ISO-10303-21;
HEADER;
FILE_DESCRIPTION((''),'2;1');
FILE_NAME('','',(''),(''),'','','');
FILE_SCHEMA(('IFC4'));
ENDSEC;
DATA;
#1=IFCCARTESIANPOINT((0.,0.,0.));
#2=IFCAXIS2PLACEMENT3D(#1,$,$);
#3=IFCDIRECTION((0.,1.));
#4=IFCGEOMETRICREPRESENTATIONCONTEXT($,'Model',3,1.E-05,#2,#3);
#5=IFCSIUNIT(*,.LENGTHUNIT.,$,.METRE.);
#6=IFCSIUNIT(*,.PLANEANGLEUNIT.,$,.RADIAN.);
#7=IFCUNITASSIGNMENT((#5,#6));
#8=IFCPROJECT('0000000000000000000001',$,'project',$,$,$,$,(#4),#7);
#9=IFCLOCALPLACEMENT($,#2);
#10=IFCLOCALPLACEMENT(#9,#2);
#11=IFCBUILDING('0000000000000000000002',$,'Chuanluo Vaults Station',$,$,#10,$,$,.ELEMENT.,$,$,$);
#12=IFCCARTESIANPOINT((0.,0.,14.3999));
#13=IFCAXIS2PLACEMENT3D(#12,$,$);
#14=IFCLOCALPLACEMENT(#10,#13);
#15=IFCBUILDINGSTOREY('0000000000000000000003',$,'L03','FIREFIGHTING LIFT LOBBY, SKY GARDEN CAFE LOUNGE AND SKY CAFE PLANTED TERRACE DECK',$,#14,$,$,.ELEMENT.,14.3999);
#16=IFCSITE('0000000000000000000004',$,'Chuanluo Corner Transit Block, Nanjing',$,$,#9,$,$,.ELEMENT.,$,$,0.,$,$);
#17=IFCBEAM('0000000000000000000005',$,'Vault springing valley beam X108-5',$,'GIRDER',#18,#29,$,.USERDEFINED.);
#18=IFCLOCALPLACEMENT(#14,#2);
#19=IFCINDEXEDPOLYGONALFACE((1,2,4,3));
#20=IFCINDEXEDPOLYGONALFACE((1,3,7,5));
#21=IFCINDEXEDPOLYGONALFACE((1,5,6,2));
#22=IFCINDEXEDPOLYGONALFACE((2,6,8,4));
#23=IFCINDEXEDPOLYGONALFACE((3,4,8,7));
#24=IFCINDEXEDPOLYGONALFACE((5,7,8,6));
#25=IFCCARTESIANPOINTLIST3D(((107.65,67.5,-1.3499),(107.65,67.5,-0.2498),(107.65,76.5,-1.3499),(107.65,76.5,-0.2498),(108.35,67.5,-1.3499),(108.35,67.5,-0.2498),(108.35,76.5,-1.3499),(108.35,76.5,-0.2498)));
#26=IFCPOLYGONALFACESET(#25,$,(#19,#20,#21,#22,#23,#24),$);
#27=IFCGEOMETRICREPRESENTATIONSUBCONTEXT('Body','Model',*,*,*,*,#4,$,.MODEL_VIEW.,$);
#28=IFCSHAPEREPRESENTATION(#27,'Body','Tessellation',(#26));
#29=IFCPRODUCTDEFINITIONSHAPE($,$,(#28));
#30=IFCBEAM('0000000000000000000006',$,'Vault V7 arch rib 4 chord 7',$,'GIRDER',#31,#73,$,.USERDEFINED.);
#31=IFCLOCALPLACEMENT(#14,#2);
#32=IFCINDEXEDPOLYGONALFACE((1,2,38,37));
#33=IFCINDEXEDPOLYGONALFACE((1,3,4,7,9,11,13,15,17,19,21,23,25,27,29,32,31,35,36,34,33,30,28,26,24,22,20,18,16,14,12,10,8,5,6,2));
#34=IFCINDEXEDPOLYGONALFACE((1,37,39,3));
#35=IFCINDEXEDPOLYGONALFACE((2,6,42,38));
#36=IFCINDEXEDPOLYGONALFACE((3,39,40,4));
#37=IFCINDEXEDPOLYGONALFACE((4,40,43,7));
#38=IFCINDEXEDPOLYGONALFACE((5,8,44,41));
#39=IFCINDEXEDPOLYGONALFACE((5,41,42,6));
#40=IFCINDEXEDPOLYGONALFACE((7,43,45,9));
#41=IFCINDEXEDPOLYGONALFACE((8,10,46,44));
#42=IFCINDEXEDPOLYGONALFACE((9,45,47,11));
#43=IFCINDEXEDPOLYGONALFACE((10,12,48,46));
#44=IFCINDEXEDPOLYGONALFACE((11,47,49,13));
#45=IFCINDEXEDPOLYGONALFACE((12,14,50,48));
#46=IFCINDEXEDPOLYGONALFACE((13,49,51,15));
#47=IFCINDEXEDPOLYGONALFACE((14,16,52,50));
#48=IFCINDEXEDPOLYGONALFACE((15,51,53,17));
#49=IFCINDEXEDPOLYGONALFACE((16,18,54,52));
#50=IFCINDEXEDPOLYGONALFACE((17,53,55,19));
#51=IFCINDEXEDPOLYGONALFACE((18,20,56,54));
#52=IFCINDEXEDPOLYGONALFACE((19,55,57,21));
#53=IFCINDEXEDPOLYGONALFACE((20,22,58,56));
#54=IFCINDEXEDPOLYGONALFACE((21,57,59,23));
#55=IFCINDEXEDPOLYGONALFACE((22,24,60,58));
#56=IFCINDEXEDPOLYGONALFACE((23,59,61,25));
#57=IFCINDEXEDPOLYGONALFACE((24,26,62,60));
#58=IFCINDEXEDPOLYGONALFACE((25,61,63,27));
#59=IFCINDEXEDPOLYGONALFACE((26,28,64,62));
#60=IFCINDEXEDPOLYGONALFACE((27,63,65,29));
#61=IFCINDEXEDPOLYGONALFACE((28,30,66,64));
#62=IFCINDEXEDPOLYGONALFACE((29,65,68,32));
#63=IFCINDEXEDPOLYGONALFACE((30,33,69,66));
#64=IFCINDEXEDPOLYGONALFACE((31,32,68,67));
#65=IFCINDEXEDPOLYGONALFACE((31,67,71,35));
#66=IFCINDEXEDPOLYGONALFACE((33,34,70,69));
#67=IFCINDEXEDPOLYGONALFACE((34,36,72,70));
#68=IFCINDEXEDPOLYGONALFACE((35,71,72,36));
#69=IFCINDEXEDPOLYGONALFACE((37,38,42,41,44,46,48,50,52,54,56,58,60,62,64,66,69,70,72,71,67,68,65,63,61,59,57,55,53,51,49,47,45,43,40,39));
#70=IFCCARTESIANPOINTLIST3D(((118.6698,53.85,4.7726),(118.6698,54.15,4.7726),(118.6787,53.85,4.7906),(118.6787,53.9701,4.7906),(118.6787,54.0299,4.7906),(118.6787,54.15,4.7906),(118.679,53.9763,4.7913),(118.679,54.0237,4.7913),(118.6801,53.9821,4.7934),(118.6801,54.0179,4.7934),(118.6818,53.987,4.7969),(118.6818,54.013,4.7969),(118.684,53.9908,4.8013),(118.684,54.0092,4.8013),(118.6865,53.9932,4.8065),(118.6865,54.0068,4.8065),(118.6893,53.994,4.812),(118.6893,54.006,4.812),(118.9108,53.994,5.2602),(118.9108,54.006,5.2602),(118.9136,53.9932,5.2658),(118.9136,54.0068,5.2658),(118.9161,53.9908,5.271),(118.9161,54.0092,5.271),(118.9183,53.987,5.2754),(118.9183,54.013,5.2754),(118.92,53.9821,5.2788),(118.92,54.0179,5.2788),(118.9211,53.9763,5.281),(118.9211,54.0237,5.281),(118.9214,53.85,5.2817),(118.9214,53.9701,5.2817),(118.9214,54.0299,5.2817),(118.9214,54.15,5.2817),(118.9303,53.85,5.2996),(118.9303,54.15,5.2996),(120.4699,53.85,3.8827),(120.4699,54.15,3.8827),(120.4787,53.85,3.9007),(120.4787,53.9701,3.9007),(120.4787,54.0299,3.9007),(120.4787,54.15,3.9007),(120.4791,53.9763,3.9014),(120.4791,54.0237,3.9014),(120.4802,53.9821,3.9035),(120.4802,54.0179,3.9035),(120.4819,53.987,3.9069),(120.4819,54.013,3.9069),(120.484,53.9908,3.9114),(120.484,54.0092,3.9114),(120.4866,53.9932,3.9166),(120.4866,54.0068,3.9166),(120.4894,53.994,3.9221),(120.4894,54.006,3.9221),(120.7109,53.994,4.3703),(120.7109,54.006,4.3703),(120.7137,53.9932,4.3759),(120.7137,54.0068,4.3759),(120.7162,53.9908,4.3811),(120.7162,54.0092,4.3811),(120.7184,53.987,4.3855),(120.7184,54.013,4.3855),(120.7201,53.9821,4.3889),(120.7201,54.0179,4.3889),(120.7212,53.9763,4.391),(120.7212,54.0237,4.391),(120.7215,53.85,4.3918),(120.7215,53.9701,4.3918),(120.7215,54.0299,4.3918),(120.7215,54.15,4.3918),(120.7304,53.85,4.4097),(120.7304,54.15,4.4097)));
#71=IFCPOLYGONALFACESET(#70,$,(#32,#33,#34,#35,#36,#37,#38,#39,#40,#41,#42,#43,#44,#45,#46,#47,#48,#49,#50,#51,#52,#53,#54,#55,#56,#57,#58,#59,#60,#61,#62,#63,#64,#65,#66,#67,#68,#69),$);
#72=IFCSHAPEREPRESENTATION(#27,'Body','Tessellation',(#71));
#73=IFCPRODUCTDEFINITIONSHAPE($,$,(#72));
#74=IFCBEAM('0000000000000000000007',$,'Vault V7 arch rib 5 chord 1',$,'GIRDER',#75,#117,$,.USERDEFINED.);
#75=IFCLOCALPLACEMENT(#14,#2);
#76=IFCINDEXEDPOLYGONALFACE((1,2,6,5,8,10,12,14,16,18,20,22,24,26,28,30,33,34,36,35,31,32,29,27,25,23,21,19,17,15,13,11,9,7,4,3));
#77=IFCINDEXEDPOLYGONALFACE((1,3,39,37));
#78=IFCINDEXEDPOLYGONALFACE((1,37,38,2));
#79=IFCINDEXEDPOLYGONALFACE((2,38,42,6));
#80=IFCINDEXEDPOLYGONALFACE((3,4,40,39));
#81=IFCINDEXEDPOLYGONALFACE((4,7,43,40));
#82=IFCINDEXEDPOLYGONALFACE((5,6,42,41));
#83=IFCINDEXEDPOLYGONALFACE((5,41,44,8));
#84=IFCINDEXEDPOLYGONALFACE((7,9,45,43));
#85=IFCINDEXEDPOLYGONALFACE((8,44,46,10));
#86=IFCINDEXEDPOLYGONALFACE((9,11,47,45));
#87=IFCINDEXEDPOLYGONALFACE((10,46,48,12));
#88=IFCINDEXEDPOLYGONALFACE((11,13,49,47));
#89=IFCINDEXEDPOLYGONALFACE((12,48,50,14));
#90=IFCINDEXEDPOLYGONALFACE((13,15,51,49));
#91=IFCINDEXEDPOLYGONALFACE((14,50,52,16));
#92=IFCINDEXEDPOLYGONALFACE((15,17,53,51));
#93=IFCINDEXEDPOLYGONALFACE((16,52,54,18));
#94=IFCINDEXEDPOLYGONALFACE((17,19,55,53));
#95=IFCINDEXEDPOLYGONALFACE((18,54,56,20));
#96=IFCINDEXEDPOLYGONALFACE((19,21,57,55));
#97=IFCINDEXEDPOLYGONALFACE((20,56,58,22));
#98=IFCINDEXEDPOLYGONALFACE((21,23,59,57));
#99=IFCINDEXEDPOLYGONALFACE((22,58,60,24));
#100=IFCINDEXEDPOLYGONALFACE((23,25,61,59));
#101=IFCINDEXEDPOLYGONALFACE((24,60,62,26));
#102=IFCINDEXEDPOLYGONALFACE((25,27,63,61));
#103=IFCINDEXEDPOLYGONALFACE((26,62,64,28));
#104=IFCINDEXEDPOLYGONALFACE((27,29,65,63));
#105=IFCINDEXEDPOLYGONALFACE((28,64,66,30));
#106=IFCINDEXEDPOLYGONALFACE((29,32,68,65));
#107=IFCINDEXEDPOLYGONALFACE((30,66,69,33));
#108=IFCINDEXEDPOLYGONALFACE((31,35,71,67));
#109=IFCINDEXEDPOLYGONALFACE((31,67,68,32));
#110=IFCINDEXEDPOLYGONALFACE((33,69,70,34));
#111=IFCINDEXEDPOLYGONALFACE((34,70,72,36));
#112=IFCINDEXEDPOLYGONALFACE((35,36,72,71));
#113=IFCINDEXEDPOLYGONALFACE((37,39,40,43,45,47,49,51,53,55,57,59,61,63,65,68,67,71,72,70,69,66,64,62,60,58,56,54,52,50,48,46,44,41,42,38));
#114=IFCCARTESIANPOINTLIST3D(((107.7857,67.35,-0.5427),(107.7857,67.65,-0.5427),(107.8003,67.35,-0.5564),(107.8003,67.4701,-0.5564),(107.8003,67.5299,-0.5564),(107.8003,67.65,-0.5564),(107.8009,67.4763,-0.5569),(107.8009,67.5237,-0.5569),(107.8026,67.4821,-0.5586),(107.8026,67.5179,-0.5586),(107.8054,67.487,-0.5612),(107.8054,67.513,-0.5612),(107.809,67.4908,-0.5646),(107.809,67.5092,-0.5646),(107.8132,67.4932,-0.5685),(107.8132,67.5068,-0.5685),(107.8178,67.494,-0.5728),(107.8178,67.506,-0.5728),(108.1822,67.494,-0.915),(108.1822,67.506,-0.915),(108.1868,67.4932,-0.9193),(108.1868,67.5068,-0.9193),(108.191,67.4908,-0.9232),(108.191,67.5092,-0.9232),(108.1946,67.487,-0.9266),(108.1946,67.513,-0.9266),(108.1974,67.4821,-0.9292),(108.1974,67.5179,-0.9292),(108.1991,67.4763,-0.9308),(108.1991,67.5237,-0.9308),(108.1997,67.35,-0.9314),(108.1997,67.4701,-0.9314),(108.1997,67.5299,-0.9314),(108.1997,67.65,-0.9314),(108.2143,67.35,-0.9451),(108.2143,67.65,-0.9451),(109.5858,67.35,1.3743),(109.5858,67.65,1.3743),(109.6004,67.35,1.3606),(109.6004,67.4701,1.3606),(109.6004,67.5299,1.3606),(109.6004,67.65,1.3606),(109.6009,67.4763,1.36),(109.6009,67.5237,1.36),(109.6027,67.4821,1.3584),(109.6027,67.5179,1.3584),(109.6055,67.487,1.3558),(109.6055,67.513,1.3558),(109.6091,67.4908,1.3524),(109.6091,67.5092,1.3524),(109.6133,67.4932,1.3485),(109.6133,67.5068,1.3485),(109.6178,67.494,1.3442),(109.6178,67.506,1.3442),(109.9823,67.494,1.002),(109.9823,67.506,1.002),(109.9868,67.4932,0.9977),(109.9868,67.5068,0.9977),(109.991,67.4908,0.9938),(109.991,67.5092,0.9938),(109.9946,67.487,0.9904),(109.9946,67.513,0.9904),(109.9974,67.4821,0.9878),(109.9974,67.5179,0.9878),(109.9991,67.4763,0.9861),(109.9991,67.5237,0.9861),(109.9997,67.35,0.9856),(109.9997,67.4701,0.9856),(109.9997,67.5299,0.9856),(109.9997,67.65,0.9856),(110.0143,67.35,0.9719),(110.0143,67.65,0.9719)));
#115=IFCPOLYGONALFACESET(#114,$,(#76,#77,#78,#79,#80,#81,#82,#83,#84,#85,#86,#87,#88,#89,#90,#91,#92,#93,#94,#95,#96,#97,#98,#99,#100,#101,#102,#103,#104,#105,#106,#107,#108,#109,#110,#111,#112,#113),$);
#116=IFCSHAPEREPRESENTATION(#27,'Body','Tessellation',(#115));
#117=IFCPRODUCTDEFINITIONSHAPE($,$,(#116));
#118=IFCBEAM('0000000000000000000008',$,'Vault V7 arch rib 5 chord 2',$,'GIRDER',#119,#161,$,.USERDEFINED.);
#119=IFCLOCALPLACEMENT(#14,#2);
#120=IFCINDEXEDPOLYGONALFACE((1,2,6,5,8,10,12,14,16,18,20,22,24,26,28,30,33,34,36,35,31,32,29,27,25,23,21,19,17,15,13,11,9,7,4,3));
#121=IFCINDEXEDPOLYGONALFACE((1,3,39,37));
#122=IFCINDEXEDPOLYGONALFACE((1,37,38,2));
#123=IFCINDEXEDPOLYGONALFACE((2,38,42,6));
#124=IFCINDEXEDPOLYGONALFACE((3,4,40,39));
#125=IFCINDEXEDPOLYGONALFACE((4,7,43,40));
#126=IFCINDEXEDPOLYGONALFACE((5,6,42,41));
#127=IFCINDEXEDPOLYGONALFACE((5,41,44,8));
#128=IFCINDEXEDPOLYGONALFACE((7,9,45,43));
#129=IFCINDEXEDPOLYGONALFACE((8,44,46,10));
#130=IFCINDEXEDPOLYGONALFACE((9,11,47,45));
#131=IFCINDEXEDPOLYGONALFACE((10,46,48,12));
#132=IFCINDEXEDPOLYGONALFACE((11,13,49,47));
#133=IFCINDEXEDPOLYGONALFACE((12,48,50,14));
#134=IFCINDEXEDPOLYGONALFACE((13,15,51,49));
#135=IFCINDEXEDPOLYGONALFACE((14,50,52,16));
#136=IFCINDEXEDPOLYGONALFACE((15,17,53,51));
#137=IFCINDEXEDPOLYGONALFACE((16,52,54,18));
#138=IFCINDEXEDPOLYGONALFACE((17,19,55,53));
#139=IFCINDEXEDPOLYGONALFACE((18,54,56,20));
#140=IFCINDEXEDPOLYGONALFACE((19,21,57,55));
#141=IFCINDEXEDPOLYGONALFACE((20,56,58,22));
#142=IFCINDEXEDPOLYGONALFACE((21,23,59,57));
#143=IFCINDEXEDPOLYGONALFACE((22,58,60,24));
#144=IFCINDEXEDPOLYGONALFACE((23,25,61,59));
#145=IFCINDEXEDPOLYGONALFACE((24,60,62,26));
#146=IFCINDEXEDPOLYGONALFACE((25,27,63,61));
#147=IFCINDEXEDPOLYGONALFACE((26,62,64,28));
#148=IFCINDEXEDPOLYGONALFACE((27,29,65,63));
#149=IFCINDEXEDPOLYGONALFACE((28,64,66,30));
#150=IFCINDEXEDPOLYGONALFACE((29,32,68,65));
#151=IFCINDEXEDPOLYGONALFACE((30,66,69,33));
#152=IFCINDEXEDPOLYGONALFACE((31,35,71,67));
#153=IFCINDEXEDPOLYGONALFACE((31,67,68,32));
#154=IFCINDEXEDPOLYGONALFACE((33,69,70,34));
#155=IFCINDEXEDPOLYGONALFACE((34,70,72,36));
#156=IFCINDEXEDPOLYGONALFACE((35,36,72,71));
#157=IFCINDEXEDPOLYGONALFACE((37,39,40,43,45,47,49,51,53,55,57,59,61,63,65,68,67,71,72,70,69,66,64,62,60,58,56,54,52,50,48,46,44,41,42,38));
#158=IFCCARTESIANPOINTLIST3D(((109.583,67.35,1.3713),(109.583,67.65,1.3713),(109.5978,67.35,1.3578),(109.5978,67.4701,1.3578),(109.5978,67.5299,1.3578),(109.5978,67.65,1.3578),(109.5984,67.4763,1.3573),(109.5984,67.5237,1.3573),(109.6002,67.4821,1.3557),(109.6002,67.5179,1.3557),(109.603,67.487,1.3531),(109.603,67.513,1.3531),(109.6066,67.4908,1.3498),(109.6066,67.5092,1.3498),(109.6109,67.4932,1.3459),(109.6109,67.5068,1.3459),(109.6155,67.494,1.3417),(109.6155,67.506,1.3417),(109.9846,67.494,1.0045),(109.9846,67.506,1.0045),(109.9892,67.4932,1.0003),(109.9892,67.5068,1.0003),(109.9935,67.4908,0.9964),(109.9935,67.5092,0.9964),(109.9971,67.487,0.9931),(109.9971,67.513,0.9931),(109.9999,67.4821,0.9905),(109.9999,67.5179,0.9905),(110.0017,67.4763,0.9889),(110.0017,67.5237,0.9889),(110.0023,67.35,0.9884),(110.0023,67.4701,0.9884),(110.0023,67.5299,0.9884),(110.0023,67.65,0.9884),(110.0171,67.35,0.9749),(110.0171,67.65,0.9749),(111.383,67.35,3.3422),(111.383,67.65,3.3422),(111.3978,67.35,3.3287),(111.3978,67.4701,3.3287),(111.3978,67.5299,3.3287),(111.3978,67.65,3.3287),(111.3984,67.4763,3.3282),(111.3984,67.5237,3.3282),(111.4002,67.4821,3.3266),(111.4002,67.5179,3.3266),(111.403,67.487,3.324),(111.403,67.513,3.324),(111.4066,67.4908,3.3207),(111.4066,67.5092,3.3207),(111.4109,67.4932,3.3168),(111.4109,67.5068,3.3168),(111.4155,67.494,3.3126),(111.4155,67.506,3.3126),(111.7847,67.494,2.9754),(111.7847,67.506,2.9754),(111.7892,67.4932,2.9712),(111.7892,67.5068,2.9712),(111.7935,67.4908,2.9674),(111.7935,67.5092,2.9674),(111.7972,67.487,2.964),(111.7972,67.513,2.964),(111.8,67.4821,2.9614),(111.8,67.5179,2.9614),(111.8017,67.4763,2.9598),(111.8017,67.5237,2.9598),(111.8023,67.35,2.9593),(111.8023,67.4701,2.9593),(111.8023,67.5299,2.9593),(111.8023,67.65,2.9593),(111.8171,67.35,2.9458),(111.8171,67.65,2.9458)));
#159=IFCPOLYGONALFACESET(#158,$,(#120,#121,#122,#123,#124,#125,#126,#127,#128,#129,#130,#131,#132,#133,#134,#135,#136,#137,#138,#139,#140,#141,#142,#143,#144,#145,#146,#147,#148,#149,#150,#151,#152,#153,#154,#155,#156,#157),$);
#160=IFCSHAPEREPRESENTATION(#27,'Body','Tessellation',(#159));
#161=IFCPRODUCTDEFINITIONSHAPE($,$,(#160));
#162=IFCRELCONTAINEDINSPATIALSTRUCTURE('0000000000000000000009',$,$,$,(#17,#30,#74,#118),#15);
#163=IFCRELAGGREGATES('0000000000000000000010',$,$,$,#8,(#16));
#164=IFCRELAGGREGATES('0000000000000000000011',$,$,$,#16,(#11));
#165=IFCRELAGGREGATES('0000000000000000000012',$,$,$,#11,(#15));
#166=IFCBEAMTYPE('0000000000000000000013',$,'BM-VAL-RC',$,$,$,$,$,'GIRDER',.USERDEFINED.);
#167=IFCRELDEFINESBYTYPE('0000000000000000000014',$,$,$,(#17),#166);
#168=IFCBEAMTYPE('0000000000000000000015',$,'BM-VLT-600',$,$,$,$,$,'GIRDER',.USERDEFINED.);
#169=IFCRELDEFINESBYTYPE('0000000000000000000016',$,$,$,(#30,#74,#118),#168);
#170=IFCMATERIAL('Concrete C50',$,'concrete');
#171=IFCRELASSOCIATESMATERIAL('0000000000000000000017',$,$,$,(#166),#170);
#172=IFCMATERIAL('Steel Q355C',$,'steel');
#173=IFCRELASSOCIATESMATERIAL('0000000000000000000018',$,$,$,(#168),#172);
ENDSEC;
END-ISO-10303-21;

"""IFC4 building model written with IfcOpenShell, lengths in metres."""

from ifc_helpers import new_model, si_unit, direction, frame, origin, origin_2d, place, context, subcontext, project, spatial, rectangle, i_section, extrude, material, material_profile, profile_set, type_object, element, save


model = new_model("IFC4")

# Units and contexts
model_context = context("Model", 3, precision=1e-05, world=origin(), true_north=direction((0.0, 1.0)))
body_context = subcontext(model_context, "Body", "Model", "MODEL_VIEW")
ifc_project = project(units=[si_unit("LENGTHUNIT", "METRE"), si_unit("PLANEANGLEUNIT", "RADIAN")], contexts=[model_context])

# Site, building, storey
site_placement = place(None, origin())
site = spatial("IfcSite", under=ifc_project, at=site_placement, Name="Chuanluo Corner Transit Block, Nanjing", CompositionType="ELEMENT", RefElevation=0.0)
building_placement = place(site_placement, origin())
building = spatial("IfcBuilding", under=site, at=building_placement, Name="Chuanluo Vaults Station", CompositionType="ELEMENT")
storey_placement = place(building_placement, frame((0.0, 0.0, 14.3999)))
storey = spatial("IfcBuildingStorey", under=building, at=storey_placement, Name="L03", Description="FIREFIGHTING LIFT LOBBY, SKY GARDEN CAFE LOUNGE AND SKY CAFE PLANTED TERRACE DECK", CompositionType="ELEMENT", Elevation=14.3999)

# Beams
ifc_material_1 = material(Name="Concrete C50", Category="concrete")
ifc_material_profile_1 = material_profile(ifc_material_1, rectangle(XDim=0.7, YDim=1.1001, at=origin_2d()))
ifc_profile_set_1 = profile_set([ifc_material_profile_1], Name="Concrete C50")
beam_type_1 = type_object("IfcBeamType", Name="BM-VAL-RC", ElementType="GIRDER", PredefinedType="USERDEFINED", material=ifc_profile_set_1)
beam_1_placement = place(storey_placement, frame((108.0, 67.5, -0.7998), z_axis=(0.0, 1.0, 0.0), x_axis=(-1.0, 0.0, 0.0)))
element("IfcBeam", 1, at=beam_1_placement, inside=storey, type_object=beam_type_1, Name="Vault springing valley beam X108-5", ObjectType="GIRDER", PredefinedType="USERDEFINED", context=body_context, shape_type="SweptSolid", body=[
    extrude(rectangle(XDim=0.7, YDim=1.1001, at=origin_2d()), origin(), (0.0, 0.0, 1.0), 9.0),
])
ifc_material_2 = material(Name="Steel Q355C", Category="steel")
ifc_material_profile_2 = material_profile(ifc_material_2, i_section(OverallWidth=0.3, OverallDepth=0.5879, WebThickness=0.012, FlangeThickness=0.02, FilletRadius=0.0239, at=origin_2d()))
ifc_profile_set_2 = profile_set([ifc_material_profile_2], Name="Steel Q355C")
beam_type_2 = type_object("IfcBeamType", Name="BM-VLT-600", ElementType="GIRDER", PredefinedType="USERDEFINED", material=ifc_profile_set_2)
beam_2_placement = place(storey_placement, frame((118.8, 54.0, 5.0361), z_axis=(0.896436, 0.0, -0.443172), x_axis=(0.0, 1.0, 0.0)))
element("IfcBeam", 2, at=beam_2_placement, inside=storey, type_object=beam_type_2, Name="Vault V7 arch rib 4 chord 7", ObjectType="GIRDER", PredefinedType="USERDEFINED", context=body_context, shape_type="SweptSolid", body=[
    extrude(i_section(OverallWidth=0.3, OverallDepth=0.5879, WebThickness=0.012, FlangeThickness=0.02, FilletRadius=0.0239, at=origin_2d()), origin(), (0.0, 0.0, 1.0), 2.0081),
])
beam_3_placement = place(storey_placement, frame((108.0, 67.5, -0.7439), z_axis=(0.684522, 0.0, 0.728993), x_axis=(0.0, 1.0, 0.0)))
element("IfcBeam", 3, at=beam_3_placement, inside=storey, type_object=beam_type_2, Name="Vault V7 arch rib 5 chord 1", ObjectType="GIRDER", PredefinedType="USERDEFINED", context=body_context, shape_type="SweptSolid", body=[
    extrude(i_section(OverallWidth=0.3, OverallDepth=0.5879, WebThickness=0.012, FlangeThickness=0.02, FilletRadius=0.0239, at=origin_2d()), origin(), (0.0, 0.0, 1.0), 2.6296),
])
beam_4_placement = place(storey_placement, frame((109.8, 67.5, 1.1731), z_axis=(0.674369, 0.0, 0.738394), x_axis=(0.0, 1.0, 0.0)))
element("IfcBeam", 4, at=beam_4_placement, inside=storey, type_object=beam_type_2, Name="Vault V7 arch rib 5 chord 2", ObjectType="GIRDER", PredefinedType="USERDEFINED", context=body_context, shape_type="SweptSolid", body=[
    extrude(i_section(OverallWidth=0.3, OverallDepth=0.5879, WebThickness=0.012, FlangeThickness=0.02, FilletRadius=0.0239, at=origin_2d()), origin(), (0.0, 0.0, 1.0), 2.6692),
])

save(model, "model.ifc")
